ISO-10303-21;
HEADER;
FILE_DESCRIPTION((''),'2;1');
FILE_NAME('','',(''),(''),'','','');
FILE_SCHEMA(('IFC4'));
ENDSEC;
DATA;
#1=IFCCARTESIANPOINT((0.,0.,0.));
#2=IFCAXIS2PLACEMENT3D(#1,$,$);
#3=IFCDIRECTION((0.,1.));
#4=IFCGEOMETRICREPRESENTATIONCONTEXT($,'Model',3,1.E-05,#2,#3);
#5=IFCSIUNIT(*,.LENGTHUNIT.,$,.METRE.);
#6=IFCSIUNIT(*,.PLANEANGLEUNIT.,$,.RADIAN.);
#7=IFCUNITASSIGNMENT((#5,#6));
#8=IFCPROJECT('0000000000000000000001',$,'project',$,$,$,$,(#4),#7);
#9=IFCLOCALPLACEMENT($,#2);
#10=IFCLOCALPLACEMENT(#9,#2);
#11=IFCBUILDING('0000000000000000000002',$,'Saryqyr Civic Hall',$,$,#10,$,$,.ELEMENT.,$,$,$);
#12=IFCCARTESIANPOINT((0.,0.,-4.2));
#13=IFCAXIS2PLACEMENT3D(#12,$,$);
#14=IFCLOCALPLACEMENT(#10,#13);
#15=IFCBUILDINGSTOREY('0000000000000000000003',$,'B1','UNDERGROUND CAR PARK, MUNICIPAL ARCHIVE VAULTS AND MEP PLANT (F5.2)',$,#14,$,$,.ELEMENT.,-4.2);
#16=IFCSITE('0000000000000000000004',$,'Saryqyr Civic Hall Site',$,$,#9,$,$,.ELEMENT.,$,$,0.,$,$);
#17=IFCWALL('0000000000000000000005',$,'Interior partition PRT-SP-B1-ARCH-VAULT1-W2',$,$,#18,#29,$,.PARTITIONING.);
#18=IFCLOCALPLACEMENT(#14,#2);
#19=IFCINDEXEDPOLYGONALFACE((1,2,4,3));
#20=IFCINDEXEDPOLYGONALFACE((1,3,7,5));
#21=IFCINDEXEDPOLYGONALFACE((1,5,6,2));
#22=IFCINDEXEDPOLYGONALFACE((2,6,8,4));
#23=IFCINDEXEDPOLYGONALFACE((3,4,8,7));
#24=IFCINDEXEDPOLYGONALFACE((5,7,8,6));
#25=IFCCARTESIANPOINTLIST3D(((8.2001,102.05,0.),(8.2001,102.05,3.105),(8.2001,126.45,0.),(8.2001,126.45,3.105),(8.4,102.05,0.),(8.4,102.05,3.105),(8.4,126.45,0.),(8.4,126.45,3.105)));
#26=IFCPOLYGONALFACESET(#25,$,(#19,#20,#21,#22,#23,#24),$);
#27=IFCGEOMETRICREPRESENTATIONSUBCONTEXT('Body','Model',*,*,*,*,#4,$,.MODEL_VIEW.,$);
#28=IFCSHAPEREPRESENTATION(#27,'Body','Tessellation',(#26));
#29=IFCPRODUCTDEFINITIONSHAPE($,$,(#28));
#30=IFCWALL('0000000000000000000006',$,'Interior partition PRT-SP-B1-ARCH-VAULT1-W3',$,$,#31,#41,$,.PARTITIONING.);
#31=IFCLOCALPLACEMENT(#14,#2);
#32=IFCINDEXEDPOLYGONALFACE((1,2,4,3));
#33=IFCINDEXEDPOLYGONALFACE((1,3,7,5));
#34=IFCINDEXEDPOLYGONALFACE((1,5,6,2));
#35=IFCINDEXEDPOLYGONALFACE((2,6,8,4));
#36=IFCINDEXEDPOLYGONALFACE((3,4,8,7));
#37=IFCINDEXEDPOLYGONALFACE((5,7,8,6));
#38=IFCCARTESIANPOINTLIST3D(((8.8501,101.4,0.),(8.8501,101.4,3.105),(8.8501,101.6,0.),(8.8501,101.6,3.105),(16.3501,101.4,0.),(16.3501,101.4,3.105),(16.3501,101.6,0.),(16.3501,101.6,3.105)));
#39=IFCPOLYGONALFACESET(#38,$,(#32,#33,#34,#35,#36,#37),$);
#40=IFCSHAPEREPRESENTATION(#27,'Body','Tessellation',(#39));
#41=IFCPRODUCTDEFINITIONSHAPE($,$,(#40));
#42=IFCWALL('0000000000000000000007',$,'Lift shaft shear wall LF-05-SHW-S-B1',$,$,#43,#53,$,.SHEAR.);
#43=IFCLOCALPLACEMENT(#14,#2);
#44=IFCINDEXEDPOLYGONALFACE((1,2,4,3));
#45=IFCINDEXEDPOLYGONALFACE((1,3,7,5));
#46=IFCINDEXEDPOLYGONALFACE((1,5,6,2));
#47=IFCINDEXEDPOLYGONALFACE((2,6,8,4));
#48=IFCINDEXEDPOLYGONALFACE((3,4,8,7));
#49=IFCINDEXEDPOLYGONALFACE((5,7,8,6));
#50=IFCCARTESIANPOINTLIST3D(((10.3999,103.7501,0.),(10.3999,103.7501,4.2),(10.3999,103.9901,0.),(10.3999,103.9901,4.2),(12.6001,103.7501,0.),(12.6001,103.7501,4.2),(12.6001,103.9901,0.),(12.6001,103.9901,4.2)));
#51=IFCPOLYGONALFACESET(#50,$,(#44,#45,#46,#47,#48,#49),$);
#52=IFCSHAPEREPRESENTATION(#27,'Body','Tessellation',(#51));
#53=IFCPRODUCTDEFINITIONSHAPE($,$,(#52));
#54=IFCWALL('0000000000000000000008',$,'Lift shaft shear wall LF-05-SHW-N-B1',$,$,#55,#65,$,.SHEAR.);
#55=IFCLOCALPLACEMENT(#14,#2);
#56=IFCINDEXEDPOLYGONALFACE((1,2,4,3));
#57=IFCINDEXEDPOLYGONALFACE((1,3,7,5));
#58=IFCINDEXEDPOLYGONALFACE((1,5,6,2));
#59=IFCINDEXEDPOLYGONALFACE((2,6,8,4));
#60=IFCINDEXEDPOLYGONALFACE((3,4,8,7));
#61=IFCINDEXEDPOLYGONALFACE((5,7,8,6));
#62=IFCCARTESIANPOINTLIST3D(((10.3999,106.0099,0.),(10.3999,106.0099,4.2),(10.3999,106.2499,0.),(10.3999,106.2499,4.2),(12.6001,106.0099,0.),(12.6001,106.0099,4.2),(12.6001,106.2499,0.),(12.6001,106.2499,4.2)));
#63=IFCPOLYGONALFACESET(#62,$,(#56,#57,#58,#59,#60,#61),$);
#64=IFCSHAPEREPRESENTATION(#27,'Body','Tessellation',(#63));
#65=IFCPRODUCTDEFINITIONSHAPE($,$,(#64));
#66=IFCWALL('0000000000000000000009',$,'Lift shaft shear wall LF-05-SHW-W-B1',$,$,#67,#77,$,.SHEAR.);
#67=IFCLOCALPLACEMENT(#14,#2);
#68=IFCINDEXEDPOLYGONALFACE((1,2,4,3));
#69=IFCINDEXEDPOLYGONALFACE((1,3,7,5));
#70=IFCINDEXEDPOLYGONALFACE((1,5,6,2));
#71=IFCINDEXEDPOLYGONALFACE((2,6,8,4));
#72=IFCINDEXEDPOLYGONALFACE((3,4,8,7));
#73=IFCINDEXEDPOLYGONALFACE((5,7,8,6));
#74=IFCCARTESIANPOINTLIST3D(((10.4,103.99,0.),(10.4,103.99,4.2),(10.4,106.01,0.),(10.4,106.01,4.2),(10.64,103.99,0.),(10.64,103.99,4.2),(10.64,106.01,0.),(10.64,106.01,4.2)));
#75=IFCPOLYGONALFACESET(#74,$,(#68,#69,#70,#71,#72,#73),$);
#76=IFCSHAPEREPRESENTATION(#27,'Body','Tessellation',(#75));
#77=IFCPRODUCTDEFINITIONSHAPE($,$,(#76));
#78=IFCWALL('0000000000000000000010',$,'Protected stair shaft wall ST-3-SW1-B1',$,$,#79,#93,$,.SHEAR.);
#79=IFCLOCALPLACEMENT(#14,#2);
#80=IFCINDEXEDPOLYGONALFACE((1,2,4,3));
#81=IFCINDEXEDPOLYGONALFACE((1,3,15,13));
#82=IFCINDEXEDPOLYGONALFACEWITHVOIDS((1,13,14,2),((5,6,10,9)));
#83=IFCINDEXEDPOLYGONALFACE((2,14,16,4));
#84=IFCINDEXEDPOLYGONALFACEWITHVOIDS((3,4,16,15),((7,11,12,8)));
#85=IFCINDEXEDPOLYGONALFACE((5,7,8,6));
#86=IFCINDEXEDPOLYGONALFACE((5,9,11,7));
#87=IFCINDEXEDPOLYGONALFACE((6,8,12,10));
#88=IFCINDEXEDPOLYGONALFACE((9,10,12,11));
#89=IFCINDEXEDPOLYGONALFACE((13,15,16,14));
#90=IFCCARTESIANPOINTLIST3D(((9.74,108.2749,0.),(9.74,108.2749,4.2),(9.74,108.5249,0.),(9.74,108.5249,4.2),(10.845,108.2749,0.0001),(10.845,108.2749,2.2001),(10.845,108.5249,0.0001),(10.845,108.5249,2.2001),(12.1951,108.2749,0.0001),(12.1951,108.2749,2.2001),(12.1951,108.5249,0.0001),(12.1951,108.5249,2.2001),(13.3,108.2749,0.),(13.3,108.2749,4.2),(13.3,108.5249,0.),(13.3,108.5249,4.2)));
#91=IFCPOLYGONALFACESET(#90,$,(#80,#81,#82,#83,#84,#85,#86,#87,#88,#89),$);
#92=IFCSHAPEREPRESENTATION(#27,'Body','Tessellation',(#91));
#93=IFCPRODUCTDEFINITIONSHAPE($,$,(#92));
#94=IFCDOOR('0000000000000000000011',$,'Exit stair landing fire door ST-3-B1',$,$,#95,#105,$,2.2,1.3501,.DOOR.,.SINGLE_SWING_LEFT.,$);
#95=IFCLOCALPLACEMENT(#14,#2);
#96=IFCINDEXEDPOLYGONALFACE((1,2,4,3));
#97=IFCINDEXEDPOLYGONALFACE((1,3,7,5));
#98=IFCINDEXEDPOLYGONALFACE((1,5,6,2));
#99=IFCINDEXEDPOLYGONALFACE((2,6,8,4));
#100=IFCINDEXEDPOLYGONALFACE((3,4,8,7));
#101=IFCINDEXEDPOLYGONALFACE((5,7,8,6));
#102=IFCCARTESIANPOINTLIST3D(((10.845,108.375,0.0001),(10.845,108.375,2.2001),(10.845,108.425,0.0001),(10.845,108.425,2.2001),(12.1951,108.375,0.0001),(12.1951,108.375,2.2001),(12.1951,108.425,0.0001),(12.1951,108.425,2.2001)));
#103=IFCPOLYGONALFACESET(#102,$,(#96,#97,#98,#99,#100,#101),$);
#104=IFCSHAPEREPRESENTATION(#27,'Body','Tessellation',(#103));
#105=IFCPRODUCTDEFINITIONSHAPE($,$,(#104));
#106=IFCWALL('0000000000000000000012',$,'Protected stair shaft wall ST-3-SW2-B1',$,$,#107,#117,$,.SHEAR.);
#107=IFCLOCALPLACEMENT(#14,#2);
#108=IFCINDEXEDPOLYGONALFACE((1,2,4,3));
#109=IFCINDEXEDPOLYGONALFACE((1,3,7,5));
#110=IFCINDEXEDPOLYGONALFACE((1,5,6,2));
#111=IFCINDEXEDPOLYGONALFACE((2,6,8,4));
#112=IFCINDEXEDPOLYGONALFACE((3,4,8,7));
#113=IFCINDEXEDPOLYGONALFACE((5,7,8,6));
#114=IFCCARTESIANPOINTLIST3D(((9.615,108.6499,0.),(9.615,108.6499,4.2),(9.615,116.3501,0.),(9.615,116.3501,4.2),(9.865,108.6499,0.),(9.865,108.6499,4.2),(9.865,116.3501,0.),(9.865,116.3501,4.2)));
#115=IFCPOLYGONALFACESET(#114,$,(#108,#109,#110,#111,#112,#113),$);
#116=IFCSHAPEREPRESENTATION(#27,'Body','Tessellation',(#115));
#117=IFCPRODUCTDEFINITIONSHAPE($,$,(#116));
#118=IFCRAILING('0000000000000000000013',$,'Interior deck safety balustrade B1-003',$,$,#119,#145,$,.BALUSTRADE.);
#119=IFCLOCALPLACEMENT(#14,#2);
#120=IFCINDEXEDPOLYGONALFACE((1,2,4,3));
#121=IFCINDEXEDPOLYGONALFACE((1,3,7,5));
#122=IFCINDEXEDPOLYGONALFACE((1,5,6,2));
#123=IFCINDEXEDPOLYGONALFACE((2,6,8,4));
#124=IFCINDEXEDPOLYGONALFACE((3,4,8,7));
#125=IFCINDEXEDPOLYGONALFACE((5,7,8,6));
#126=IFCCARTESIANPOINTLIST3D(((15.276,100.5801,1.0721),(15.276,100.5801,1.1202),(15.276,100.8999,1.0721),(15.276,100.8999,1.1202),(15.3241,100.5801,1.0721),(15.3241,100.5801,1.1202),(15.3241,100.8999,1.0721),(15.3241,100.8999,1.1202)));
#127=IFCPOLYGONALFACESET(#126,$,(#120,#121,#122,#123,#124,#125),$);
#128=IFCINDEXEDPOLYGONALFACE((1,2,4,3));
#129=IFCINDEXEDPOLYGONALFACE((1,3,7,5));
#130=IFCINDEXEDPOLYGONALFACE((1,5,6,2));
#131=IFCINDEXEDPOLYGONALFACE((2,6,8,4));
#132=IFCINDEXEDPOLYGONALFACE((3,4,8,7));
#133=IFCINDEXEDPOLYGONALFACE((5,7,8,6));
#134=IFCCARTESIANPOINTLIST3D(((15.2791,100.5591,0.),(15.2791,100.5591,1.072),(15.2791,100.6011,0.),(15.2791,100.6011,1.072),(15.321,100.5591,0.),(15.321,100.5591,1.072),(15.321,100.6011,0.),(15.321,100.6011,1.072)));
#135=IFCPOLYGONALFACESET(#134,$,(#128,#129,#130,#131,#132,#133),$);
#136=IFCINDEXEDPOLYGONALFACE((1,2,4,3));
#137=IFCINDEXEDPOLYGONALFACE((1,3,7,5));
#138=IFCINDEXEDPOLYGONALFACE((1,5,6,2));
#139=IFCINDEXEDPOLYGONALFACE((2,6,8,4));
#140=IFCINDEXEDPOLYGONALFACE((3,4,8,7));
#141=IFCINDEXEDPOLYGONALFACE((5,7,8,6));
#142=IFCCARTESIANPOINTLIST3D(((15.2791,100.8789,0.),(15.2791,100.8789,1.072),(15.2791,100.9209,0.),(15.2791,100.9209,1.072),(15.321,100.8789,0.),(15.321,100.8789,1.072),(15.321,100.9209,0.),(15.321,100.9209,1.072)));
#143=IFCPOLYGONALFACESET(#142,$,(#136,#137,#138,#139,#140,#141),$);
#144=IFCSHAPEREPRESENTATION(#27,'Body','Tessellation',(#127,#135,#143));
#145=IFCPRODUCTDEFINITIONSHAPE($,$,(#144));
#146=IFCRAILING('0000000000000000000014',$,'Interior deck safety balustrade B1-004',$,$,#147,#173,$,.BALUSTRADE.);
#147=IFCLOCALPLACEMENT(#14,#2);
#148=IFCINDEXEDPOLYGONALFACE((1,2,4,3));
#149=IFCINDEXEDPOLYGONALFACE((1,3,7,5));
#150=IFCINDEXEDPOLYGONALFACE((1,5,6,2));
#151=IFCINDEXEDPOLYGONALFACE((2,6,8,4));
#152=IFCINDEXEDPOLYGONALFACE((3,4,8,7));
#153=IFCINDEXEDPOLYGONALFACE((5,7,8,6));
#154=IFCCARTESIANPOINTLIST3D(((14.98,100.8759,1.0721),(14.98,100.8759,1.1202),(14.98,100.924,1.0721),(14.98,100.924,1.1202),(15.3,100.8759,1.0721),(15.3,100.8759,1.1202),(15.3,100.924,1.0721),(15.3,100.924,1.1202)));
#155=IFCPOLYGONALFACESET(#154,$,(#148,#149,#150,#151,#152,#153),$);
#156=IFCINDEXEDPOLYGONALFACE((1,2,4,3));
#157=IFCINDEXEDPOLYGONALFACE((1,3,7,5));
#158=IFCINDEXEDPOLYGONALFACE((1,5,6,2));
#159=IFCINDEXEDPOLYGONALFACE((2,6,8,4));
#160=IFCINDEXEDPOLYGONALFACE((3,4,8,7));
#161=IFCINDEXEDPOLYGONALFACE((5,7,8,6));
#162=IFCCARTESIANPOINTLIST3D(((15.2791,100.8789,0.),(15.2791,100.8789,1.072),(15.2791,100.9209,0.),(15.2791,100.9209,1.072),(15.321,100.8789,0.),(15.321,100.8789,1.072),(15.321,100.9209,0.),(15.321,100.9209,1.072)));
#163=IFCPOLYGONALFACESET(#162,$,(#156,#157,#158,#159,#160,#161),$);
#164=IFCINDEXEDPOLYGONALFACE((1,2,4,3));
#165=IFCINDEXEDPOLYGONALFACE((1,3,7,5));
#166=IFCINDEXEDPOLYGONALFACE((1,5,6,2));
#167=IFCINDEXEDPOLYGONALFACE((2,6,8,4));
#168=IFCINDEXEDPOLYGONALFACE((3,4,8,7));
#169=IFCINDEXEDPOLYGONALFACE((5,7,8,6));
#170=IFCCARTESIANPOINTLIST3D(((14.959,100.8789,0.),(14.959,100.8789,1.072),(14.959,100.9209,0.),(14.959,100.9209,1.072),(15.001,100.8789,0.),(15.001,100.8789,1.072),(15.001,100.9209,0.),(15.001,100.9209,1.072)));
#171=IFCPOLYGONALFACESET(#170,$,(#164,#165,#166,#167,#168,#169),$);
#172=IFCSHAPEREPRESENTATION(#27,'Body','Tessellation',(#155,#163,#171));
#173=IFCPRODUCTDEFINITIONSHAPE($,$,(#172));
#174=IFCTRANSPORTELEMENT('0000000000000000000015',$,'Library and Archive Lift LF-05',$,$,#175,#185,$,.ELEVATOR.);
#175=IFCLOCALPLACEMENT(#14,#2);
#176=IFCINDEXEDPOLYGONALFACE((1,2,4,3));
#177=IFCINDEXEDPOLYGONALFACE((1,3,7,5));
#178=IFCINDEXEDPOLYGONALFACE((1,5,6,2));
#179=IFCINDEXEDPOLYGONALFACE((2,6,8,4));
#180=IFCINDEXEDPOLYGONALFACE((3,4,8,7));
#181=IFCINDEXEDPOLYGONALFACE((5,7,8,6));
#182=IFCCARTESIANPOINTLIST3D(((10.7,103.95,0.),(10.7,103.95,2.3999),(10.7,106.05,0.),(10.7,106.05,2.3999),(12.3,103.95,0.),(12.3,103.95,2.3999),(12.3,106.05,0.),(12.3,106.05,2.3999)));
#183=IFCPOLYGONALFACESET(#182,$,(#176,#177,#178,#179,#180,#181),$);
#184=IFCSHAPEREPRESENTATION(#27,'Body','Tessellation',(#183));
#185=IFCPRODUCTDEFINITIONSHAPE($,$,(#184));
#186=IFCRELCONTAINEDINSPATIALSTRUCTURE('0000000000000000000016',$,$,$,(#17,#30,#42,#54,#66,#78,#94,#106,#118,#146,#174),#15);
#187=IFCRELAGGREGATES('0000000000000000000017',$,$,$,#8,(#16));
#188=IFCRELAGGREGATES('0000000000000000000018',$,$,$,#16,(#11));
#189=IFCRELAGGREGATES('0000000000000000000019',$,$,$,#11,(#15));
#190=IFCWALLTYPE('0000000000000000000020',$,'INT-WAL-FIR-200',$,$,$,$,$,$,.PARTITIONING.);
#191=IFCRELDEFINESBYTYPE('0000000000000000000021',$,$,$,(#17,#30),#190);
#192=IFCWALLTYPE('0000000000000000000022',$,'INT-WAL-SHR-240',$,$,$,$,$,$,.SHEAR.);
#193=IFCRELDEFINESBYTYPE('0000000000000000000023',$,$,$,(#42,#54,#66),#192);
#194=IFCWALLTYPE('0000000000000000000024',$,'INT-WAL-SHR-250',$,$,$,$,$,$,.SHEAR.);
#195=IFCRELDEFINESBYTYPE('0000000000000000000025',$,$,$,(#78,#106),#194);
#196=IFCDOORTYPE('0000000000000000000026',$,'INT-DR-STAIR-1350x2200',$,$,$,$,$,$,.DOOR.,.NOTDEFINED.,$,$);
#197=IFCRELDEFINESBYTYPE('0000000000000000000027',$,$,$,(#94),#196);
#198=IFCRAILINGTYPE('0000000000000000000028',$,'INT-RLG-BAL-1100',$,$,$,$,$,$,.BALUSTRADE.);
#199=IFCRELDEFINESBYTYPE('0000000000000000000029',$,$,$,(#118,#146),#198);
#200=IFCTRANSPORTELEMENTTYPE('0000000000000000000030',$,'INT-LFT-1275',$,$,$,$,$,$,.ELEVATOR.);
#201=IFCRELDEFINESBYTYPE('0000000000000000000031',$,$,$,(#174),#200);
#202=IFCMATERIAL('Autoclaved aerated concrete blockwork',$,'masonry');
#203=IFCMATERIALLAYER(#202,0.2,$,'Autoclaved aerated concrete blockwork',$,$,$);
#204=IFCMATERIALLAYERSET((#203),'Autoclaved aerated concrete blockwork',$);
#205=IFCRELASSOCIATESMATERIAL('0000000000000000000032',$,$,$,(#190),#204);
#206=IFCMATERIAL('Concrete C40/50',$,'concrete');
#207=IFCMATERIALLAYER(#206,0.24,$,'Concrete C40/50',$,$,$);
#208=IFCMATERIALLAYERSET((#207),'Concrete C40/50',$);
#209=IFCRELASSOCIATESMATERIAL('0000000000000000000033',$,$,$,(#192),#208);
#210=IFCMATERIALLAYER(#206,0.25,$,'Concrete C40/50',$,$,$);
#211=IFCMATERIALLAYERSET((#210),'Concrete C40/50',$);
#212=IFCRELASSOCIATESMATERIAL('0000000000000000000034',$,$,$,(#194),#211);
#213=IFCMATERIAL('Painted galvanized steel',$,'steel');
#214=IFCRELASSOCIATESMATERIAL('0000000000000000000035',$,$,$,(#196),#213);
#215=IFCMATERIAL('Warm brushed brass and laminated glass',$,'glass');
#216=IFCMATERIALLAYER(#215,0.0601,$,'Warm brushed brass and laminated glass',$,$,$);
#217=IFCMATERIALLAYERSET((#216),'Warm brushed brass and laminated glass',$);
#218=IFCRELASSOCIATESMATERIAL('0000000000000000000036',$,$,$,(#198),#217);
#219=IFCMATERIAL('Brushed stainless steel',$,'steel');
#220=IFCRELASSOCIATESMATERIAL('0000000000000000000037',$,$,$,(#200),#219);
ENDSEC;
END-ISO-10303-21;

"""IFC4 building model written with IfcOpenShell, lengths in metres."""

from ifc_helpers import new_model, si_unit, direction, frame, frame_2d, origin, origin_2d, place, context, subcontext, project, spatial, rectangle, extrude, material, layer, layer_set, type_object, element, fill, save


model = new_model("IFC4")

# Units and contexts
model_context = context("Model", 3, precision=1e-05, world=origin(), true_north=direction((0.0, 1.0)))
body_context = subcontext(model_context, "Body", "Model", "MODEL_VIEW")
ifc_project = project(units=[si_unit("LENGTHUNIT", "METRE"), si_unit("PLANEANGLEUNIT", "RADIAN")], contexts=[model_context])

# Site, building, storey
site_placement = place(None, origin())
site = spatial("IfcSite", under=ifc_project, at=site_placement, Name="Saryqyr Civic Hall Site", CompositionType="ELEMENT", RefElevation=0.0)
building_placement = place(site_placement, origin())
building = spatial("IfcBuilding", under=site, at=building_placement, Name="Saryqyr Civic Hall", CompositionType="ELEMENT")
storey_placement = place(building_placement, frame((0.0, 0.0, -4.2)))
storey = spatial("IfcBuildingStorey", under=building, at=storey_placement, Name="B1", Description="UNDERGROUND CAR PARK, MUNICIPAL ARCHIVE VAULTS AND MEP PLANT (F5.2)", CompositionType="ELEMENT", Elevation=-4.2)

# Shared definitions
ifc_material_1 = material(Name="Concrete C40/50", Category="concrete")

# Walls
ifc_material_2 = material(Name="Autoclaved aerated concrete blockwork", Category="masonry")
ifc_layer_1 = layer(ifc_material_2, 0.2, Name="Autoclaved aerated concrete blockwork")
ifc_layer_set_1 = layer_set([ifc_layer_1], Name="Autoclaved aerated concrete blockwork")
wall_type_1 = type_object("IfcWallType", Name="INT-WAL-FIR-200", PredefinedType="PARTITIONING", material=ifc_layer_set_1)
wall_1_placement = place(storey_placement, frame((8.3, 102.05, 0.0), z_axis=(0.0, 0.0, 1.0), x_axis=(0.0, 1.0, 0.0)))
element("IfcWall", 1, at=wall_1_placement, inside=storey, type_object=wall_type_1, Name="Interior partition PRT-SP-B1-ARCH-VAULT1-W2", PredefinedType="PARTITIONING", context=body_context, shape_type="SweptSolid", body=[
    extrude(rectangle(XDim=24.3999, YDim=0.2, at=frame_2d((12.2, 0.0))), origin(), (0.0, 0.0, 1.0), 3.105),
])
wall_2_placement = place(storey_placement, frame((16.3501, 101.5, 0.0), z_axis=(0.0, 0.0, 1.0), x_axis=(-1.0, 0.0, 0.0)))
element("IfcWall", 2, at=wall_2_placement, inside=storey, type_object=wall_type_1, Name="Interior partition PRT-SP-B1-ARCH-VAULT1-W3", PredefinedType="PARTITIONING", context=body_context, shape_type="SweptSolid", body=[
    extrude(rectangle(XDim=7.5, YDim=0.2, at=frame_2d((3.75, 0.0))), origin(), (0.0, 0.0, 1.0), 3.105),
])
ifc_layer_2 = layer(ifc_material_1, 0.24, Name="Concrete C40/50")
ifc_layer_set_2 = layer_set([ifc_layer_2], Name="Concrete C40/50")
wall_type_2 = type_object("IfcWallType", Name="INT-WAL-SHR-240", PredefinedType="SHEAR", material=ifc_layer_set_2)
wall_3_placement = place(storey_placement, frame((12.6001, 103.8701, 0.0), z_axis=(0.0, 0.0, 1.0), x_axis=(-1.0, 0.0, 0.0)))
element("IfcWall", 3, at=wall_3_placement, inside=storey, type_object=wall_type_2, Name="Lift shaft shear wall LF-05-SHW-S-B1", PredefinedType="SHEAR", context=body_context, shape_type="SweptSolid", body=[
    extrude(rectangle(XDim=2.2002, YDim=0.24, at=frame_2d((1.1001, 0.0))), origin(), (0.0, 0.0, 1.0), 4.2),
])

# Shared definitions
ifc_material_3 = material(Name="Brushed stainless steel", Category="steel")

# Walls
wall_4_placement = place(storey_placement, frame((10.3999, 106.1299, 0.0), z_axis=(0.0, 0.0, 1.0), x_axis=(1.0, 0.0, 0.0)))
element("IfcWall", 4, at=wall_4_placement, inside=storey, type_object=wall_type_2, Name="Lift shaft shear wall LF-05-SHW-N-B1", PredefinedType="SHEAR", context=body_context, shape_type="SweptSolid", body=[
    extrude(rectangle(XDim=2.2002, YDim=0.24, at=frame_2d((1.1001, 0.0))), origin(), (0.0, 0.0, 1.0), 4.2),
])
wall_5_placement = place(storey_placement, frame((10.52, 103.99, 0.0), z_axis=(0.0, 0.0, 1.0), x_axis=(0.0, 1.0, 0.0)))
element("IfcWall", 5, at=wall_5_placement, inside=storey, type_object=wall_type_2, Name="Lift shaft shear wall LF-05-SHW-W-B1", PredefinedType="SHEAR", context=body_context, shape_type="SweptSolid", body=[
    extrude(rectangle(XDim=2.02, YDim=0.24, at=frame_2d((1.01, 0.0))), origin(), (0.0, 0.0, 1.0), 4.2),
])

# Wall, opening, door
ifc_layer_3 = layer(ifc_material_1, 0.25, Name="Concrete C40/50")
ifc_layer_set_3 = layer_set([ifc_layer_3], Name="Concrete C40/50")
wall_type_3 = type_object("IfcWallType", Name="INT-WAL-SHR-250", PredefinedType="SHEAR", material=ifc_layer_set_3)
wall_6_placement = place(storey_placement, frame((13.3, 108.3999, 0.0), z_axis=(0.0, 0.0, 1.0), x_axis=(-1.0, 0.0, 0.0)))
wall_6 = element("IfcWall", 6, at=wall_6_placement, inside=storey, type_object=wall_type_3, Name="Protected stair shaft wall ST-3-SW1-B1", PredefinedType="SHEAR", context=body_context, shape_type="SweptSolid", body=[
    extrude(rectangle(XDim=3.5601, YDim=0.25, at=frame_2d((1.78, 0.0))), origin(), (0.0, 0.0, 1.0), 4.2),
])
opening_1_placement = place(wall_6_placement, frame((1.105, 0.0, 0.0)))
opening_1 = element("IfcOpeningElement", 7, at=opening_1_placement, cuts=wall_6, PredefinedType="OPENING", context=body_context, shape_type="SweptSolid", body=[
    extrude(rectangle(XDim=1.3501, YDim=2.2, at=frame_2d((0.675, 1.1001))), frame((0.0, 0.135, 0.0), z_axis=(0.0, -1.0, 0.0), x_axis=(1.0, 0.0, 0.0)), (0.0, 0.0, 1.0), 0.27),
])
ifc_material_4 = material(Name="Painted galvanized steel", Category="steel")
door_type_1 = type_object("IfcDoorType", Name="INT-DR-STAIR-1350x2200", OperationType="NOTDEFINED", PredefinedType="DOOR", material=ifc_material_4)
door_1_placement = place(opening_1_placement, origin())
door_1 = element("IfcDoor", 8, at=door_1_placement, inside=storey, type_object=door_type_1, Name="Exit stair landing fire door ST-3-B1", OperationType="SINGLE_SWING_LEFT", OverallHeight=2.2, OverallWidth=1.3501, PredefinedType="DOOR", context=body_context, shape_type="SweptSolid", body=[
    extrude(rectangle(XDim=1.3501, YDim=2.2, at=frame_2d((0.675, 1.1001))), frame((0.0, 0.0249, 0.0), z_axis=(0.0, -1.0, 0.0), x_axis=(1.0, 0.0, 0.0)), (0.0, 0.0, 1.0), 0.05),
])
fill(opening_1, door_1)

# Wall
wall_7_placement = place(storey_placement, frame((9.74, 108.6499, 0.0), z_axis=(0.0, 0.0, 1.0), x_axis=(0.0, 1.0, 0.0)))
element("IfcWall", 9, at=wall_7_placement, inside=storey, type_object=wall_type_3, Name="Protected stair shaft wall ST-3-SW2-B1", PredefinedType="SHEAR", context=body_context, shape_type="SweptSolid", body=[
    extrude(rectangle(XDim=7.7002, YDim=0.25, at=frame_2d((3.8501, 0.0))), origin(), (0.0, 0.0, 1.0), 4.2),
])

# Railings
ifc_material_5 = material(Name="Warm brushed brass and laminated glass", Category="glass")
ifc_layer_4 = layer(ifc_material_5, 0.0601, Name="Warm brushed brass and laminated glass")
ifc_layer_set_4 = layer_set([ifc_layer_4], Name="Warm brushed brass and laminated glass")
railing_type = type_object("IfcRailingType", Name="INT-RLG-BAL-1100", PredefinedType="BALUSTRADE", material=ifc_layer_set_4)
railing_1_placement = place(storey_placement, frame((15.3, 100.5801, 0.0)))
element("IfcRailing", 10, at=railing_1_placement, inside=storey, type_object=railing_type, Name="Interior deck safety balustrade B1-003", PredefinedType="BALUSTRADE", context=body_context, shape_type="SweptSolid", body=[
    extrude(rectangle(XDim=0.0481, YDim=0.0481, at=origin_2d()), frame((0.0, 0.0, 1.0962), z_axis=(0.0, 1.0, 0.0), x_axis=(-1.0, 0.0, 0.0)), (0.0, 0.0, 1.0), 0.3198),
    extrude(rectangle(XDim=0.042, YDim=0.042, at=origin_2d()), origin(), (0.0, 0.0, 1.0), 1.072),
    extrude(rectangle(XDim=0.042, YDim=0.042, at=origin_2d()), frame((0.0, 0.3198, 0.0)), (0.0, 0.0, 1.0), 1.072),
])
railing_2_placement = place(storey_placement, frame((15.3, 100.8999, 0.0)))
element("IfcRailing", 11, at=railing_2_placement, inside=storey, type_object=railing_type, Name="Interior deck safety balustrade B1-004", PredefinedType="BALUSTRADE", context=body_context, shape_type="SweptSolid", body=[
    extrude(rectangle(XDim=0.0481, YDim=0.0481, at=origin_2d()), frame((0.0, 0.0, 1.0962), z_axis=(-1.0, 0.0, 0.0), x_axis=(0.0, -1.0, 0.0)), (0.0, 0.0, 1.0), 0.3201),
    extrude(rectangle(XDim=0.042, YDim=0.042, at=origin_2d()), origin(), (0.0, 0.0, 1.0), 1.072),
    extrude(rectangle(XDim=0.042, YDim=0.042, at=origin_2d()), frame((-0.3201, 0.0, 0.0)), (0.0, 0.0, 1.0), 1.072),
])

# Transport element
transport_element_type = type_object("IfcTransportElementType", Name="INT-LFT-1275", PredefinedType="ELEVATOR", material=ifc_material_3)
transport_element_placement = place(storey_placement, frame((11.5, 105.0, 0.0), z_axis=(0.0, 0.0, 1.0), x_axis=(1.0, 0.0, 0.0)))
element("IfcTransportElement", 12, at=transport_element_placement, inside=storey, type_object=transport_element_type, Name="Library and Archive Lift LF-05", PredefinedType="ELEVATOR", context=body_context, shape_type="SweptSolid", body=[
    extrude(rectangle(XDim=1.6001, YDim=2.1001, at=origin_2d()), origin(), (0.0, 0.0, 1.0), 2.3999),
])

save(model, "model.ifc")
